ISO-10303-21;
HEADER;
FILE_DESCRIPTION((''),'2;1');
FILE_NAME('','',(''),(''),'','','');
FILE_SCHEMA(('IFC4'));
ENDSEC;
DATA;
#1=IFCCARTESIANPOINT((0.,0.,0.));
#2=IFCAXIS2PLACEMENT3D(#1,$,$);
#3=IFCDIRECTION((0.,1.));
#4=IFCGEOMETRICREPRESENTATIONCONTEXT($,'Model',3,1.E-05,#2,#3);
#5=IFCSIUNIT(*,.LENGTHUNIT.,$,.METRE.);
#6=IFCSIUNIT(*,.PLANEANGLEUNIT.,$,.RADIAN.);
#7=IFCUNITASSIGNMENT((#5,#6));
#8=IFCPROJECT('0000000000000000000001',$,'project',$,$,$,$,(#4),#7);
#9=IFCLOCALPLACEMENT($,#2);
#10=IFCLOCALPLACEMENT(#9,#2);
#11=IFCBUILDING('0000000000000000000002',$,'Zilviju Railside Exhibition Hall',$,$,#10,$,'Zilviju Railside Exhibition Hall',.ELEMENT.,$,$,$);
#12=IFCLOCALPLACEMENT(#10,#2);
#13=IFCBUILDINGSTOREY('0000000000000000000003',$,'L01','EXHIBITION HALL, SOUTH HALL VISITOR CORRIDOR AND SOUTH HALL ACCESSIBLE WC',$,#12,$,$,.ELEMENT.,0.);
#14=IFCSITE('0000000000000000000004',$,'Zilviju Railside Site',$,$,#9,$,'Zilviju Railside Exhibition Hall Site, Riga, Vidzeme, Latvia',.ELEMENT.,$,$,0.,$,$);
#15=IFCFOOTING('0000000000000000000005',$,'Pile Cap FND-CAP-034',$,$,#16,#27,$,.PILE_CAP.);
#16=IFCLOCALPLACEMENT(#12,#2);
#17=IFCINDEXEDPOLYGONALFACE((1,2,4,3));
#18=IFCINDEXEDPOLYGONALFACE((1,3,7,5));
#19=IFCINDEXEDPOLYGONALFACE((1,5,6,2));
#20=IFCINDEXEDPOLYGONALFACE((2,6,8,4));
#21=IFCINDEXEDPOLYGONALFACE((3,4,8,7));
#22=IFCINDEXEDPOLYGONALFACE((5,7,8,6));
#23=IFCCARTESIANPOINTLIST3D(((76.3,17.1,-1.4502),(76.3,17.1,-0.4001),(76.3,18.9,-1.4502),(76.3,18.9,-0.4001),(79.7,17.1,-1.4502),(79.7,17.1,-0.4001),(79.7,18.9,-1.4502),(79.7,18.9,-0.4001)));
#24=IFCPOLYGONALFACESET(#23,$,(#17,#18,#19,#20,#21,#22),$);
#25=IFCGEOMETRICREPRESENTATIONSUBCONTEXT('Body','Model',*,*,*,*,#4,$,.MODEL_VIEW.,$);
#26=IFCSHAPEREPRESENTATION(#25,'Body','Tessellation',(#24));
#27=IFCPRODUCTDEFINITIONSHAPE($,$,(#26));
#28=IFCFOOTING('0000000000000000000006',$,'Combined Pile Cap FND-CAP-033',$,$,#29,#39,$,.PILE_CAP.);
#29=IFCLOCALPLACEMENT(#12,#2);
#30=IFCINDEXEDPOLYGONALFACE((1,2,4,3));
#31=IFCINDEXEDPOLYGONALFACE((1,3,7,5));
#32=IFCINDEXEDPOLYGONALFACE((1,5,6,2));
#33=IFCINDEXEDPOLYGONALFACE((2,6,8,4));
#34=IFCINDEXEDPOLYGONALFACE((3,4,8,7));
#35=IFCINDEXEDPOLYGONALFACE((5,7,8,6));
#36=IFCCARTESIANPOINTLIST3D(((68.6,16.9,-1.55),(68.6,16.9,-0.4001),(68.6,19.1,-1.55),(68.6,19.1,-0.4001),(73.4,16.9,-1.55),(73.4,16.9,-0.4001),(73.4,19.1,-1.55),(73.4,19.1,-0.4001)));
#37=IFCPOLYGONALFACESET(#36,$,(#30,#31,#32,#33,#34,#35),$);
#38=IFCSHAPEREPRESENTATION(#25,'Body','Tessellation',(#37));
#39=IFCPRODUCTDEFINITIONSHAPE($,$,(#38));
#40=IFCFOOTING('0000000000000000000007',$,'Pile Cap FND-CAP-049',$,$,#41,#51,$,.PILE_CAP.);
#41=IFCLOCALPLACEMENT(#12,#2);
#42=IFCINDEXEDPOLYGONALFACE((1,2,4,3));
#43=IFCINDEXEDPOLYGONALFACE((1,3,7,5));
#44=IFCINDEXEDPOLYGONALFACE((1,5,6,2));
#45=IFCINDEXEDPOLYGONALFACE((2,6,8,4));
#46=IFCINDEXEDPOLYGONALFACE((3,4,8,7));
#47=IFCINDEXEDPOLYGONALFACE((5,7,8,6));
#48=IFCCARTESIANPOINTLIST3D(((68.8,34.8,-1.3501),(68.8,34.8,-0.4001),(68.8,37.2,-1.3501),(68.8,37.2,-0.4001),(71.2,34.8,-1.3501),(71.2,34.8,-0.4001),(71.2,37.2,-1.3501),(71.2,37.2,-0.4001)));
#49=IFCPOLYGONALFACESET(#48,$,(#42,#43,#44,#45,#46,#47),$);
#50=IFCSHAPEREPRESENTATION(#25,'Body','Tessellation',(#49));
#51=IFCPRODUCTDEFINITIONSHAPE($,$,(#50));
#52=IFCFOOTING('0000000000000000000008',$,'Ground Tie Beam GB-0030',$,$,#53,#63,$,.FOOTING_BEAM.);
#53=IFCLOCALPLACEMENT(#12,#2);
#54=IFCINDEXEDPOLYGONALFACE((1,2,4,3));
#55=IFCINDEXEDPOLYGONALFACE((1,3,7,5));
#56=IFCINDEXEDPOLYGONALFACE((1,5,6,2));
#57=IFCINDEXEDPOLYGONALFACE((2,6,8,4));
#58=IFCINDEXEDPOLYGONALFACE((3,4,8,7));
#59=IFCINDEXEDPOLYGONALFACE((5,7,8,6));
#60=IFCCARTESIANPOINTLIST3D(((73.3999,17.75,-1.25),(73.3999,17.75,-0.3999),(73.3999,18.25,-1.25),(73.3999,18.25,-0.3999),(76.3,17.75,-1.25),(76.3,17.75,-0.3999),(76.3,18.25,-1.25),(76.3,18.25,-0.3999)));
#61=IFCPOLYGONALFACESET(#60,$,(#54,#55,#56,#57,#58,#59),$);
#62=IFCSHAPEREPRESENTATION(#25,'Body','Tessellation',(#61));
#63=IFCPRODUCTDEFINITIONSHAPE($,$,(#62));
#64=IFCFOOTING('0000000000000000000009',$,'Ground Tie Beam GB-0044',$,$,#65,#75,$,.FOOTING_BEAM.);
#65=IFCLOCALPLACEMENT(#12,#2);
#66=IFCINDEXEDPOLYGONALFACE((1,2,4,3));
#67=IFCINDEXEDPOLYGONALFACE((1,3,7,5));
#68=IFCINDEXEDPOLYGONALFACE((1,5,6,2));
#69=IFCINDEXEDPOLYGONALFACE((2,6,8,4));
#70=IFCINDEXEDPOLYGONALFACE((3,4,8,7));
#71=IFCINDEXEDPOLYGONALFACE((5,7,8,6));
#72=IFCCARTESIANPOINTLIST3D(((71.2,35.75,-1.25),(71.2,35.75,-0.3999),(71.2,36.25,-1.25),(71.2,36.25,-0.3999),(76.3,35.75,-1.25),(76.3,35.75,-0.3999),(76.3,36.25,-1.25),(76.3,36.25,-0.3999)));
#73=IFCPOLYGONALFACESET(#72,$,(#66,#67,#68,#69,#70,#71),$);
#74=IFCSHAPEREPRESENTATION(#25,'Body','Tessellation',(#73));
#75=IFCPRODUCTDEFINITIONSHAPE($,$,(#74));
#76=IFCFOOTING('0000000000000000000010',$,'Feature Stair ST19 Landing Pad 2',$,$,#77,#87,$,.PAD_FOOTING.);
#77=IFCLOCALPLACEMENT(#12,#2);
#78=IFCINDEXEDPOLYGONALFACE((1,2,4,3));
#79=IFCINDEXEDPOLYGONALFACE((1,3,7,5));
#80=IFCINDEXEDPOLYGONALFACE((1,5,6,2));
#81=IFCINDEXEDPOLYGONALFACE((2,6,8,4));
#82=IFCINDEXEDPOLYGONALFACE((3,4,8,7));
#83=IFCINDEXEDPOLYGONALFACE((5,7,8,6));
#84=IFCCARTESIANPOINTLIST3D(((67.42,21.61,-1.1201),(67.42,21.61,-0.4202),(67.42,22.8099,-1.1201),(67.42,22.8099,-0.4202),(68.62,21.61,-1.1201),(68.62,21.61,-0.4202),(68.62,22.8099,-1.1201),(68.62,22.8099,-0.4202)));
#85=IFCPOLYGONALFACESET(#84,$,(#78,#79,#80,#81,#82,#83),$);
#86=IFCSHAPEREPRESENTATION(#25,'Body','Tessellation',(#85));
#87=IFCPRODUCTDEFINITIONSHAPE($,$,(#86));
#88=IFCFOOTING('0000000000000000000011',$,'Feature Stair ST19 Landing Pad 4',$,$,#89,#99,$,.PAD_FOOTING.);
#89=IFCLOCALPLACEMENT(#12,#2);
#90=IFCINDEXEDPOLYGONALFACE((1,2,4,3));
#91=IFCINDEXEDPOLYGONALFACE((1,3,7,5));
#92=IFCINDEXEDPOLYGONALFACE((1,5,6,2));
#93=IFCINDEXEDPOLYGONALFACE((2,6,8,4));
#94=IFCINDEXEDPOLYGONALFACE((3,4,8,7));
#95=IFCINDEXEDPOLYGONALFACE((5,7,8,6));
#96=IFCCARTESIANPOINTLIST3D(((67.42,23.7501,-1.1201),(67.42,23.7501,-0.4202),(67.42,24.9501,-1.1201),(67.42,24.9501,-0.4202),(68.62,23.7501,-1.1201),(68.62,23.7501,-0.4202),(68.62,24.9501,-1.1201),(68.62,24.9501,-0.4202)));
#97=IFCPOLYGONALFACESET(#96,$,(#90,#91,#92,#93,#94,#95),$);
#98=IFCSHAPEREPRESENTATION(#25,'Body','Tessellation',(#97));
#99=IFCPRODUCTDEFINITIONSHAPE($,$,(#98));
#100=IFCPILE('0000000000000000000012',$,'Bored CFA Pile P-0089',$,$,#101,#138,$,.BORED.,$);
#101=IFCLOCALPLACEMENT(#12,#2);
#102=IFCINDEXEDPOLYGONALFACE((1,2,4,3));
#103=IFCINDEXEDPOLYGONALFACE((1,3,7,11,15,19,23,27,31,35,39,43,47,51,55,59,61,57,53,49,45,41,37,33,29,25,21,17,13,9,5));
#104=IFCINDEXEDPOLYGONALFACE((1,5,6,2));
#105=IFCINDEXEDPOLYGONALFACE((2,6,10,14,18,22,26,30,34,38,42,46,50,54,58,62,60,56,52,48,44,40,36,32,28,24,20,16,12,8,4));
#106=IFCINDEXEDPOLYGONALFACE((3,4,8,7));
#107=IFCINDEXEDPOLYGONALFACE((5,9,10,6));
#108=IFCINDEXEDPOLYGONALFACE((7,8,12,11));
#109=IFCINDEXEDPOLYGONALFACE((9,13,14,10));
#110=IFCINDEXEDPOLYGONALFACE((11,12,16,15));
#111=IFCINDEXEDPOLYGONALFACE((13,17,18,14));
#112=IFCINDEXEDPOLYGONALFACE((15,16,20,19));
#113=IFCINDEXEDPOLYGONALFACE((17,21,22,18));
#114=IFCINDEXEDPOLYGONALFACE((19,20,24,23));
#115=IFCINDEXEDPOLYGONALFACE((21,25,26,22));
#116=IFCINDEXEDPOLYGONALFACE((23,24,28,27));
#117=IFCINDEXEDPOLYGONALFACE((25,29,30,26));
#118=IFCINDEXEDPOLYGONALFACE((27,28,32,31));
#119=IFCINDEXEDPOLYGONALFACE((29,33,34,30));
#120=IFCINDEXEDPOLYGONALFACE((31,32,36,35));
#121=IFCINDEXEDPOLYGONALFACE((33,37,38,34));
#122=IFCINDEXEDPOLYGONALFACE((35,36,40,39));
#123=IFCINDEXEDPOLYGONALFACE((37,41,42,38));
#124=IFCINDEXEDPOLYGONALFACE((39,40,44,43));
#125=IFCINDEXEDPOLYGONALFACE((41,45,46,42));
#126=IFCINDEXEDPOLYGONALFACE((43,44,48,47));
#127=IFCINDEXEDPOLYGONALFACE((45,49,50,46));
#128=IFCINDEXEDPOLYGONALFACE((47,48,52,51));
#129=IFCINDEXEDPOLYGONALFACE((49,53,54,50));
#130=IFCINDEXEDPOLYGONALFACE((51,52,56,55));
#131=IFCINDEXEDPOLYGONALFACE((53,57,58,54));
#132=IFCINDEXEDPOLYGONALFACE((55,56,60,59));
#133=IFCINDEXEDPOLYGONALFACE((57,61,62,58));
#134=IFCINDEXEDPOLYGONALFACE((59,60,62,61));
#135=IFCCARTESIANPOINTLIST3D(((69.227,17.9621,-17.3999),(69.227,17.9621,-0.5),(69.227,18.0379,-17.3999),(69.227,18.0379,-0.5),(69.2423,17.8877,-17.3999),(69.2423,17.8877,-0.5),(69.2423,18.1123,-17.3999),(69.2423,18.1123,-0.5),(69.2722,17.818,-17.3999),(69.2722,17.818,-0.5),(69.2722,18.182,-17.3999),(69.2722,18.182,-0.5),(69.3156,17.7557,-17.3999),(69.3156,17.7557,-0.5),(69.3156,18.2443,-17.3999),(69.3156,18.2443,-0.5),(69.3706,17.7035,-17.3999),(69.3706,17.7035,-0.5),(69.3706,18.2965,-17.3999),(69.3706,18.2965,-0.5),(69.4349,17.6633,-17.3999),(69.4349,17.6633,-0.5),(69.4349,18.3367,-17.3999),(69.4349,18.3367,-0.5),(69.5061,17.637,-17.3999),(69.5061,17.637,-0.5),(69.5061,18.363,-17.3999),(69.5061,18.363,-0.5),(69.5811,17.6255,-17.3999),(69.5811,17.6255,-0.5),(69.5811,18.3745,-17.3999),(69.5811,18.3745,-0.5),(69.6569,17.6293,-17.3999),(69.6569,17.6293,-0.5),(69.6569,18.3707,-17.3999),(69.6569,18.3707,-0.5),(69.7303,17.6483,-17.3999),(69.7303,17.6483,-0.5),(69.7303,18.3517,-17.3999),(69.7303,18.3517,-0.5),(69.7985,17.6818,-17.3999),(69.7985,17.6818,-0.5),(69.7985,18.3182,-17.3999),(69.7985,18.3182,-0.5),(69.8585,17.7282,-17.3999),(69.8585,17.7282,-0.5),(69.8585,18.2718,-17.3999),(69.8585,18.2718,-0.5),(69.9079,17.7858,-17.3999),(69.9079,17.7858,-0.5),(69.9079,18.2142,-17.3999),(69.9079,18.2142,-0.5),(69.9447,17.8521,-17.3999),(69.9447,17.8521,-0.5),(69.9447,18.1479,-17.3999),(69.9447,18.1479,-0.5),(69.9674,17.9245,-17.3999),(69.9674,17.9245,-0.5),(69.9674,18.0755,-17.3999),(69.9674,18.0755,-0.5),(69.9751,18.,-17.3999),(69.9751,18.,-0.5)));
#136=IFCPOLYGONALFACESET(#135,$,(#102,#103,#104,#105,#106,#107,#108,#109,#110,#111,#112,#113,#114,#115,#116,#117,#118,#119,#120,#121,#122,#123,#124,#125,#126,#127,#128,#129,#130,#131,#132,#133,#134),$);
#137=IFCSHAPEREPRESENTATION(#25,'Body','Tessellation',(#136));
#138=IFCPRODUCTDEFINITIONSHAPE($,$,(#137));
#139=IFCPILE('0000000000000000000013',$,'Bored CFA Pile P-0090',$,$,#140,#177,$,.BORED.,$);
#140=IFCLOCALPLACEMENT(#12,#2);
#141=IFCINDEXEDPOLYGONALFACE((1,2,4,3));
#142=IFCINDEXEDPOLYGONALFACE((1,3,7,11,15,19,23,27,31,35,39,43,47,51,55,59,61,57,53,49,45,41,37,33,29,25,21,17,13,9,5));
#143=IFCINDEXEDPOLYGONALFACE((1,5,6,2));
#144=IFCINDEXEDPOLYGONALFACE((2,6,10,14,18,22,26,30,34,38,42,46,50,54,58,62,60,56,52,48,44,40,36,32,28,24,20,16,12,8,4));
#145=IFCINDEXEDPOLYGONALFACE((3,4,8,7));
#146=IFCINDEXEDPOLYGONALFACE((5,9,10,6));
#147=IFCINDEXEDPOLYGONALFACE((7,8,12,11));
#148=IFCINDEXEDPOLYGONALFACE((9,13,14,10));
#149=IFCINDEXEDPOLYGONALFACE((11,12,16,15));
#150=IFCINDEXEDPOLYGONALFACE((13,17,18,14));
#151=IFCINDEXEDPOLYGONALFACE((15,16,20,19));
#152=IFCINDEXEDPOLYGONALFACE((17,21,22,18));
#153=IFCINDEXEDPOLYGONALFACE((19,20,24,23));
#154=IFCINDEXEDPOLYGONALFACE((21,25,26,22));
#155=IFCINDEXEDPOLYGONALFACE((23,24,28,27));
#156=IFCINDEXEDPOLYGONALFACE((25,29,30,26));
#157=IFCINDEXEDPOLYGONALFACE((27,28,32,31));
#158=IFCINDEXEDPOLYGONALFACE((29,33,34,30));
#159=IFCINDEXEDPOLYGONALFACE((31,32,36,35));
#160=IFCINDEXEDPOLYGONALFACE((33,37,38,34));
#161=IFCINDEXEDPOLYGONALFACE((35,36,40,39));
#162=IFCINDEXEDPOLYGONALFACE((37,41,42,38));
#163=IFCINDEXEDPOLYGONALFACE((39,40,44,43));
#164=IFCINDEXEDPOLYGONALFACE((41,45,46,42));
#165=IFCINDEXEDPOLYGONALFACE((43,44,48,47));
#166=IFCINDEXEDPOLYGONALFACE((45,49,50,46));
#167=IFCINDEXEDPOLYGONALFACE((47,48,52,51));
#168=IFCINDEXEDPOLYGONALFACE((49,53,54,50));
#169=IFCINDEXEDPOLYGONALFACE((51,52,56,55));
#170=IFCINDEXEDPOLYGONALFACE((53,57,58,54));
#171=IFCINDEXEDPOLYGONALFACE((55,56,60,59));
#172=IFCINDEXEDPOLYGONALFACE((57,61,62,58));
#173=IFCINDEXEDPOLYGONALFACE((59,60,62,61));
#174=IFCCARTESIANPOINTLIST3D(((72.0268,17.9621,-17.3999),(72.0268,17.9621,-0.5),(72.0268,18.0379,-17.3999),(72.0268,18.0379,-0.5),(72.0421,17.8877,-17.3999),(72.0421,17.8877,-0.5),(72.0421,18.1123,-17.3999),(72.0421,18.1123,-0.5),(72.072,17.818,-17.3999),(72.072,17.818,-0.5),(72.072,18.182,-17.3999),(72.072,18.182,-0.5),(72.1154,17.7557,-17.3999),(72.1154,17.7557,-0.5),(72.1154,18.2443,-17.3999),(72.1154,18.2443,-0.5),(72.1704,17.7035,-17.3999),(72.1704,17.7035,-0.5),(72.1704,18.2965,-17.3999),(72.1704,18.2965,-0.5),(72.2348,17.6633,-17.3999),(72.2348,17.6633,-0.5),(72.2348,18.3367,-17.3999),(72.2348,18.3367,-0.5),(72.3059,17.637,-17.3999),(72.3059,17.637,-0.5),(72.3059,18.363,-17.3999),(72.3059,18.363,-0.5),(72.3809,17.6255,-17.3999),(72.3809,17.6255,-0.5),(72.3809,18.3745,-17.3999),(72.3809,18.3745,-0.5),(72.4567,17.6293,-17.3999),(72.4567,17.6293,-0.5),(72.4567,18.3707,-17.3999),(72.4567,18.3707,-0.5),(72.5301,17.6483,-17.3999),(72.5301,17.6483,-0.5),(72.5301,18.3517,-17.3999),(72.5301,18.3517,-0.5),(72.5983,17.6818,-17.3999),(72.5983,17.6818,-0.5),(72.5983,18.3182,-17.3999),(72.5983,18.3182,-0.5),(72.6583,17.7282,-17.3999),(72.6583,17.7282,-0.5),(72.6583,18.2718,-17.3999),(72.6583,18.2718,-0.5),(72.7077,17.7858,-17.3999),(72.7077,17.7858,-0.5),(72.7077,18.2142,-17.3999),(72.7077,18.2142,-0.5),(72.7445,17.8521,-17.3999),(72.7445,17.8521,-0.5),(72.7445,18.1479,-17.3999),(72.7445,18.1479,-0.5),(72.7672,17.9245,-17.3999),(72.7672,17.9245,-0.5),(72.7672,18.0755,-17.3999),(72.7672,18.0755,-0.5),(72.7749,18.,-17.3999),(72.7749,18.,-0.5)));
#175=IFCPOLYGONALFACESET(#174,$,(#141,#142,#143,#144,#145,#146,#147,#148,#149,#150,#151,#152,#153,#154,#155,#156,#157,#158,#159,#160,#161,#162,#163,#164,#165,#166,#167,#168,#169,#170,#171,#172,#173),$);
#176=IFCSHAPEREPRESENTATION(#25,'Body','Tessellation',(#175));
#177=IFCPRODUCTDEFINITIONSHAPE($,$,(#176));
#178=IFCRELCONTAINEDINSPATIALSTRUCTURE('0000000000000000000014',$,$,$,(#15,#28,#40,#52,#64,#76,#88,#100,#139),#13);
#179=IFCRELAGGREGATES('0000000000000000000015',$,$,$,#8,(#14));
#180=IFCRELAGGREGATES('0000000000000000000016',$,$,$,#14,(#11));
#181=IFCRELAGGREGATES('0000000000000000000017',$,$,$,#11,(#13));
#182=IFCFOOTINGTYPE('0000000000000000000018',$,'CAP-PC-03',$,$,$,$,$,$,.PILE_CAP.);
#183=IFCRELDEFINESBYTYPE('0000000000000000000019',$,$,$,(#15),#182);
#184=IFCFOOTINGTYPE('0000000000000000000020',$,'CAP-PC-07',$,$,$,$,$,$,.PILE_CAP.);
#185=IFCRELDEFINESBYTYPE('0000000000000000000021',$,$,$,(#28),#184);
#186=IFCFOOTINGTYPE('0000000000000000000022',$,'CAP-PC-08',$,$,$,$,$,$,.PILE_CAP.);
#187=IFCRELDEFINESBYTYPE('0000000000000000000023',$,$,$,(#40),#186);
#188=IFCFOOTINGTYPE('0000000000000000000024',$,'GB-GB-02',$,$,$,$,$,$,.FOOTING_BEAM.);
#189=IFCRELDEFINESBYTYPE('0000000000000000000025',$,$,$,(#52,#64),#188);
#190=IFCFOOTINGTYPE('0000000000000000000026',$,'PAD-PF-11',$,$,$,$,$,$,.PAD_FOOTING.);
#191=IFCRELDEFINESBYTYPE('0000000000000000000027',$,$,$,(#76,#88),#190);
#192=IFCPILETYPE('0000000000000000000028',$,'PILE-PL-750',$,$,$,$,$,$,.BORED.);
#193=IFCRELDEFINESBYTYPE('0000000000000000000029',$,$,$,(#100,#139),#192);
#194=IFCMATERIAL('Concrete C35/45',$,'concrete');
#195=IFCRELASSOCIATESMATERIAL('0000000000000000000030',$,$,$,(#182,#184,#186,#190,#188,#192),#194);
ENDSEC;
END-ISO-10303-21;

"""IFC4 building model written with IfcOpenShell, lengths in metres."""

from ifc_helpers import new_model, si_unit, direction, frame, origin, origin_2d, place, context, subcontext, project, spatial, rectangle, circle, extrude, material, material_profile, profile_set, type_object, element, save


model = new_model("IFC4")

# Units and contexts
model_context = context("Model", 3, precision=1e-05, world=origin(), true_north=direction((0.0, 1.0)))
body_context = subcontext(model_context, "Body", "Model", "MODEL_VIEW")
ifc_project = project(units=[si_unit("LENGTHUNIT", "METRE"), si_unit("PLANEANGLEUNIT", "RADIAN")], contexts=[model_context])

# Site, building, storey
site_placement = place(None, origin())
site = spatial("IfcSite", under=ifc_project, at=site_placement, Name="Zilviju Railside Site", LongName="Zilviju Railside Exhibition Hall Site, Riga, Vidzeme, Latvia", CompositionType="ELEMENT", RefElevation=0.0)
building_placement = place(site_placement, origin())
building = spatial("IfcBuilding", under=site, at=building_placement, Name="Zilviju Railside Exhibition Hall", LongName="Zilviju Railside Exhibition Hall", CompositionType="ELEMENT")
storey_placement = place(building_placement, origin())
storey = spatial("IfcBuildingStorey", under=building, at=storey_placement, Name="L01", Description="EXHIBITION HALL, SOUTH HALL VISITOR CORRIDOR AND SOUTH HALL ACCESSIBLE WC", CompositionType="ELEMENT", Elevation=0.0)

# Footings
ifc_material_1 = material(Name="Concrete C35/45", Category="concrete")
footing_type_1 = type_object("IfcFootingType", Name="CAP-PC-03", PredefinedType="PILE_CAP", material=ifc_material_1)
footing_1_placement = place(storey_placement, frame((78.0, 18.0, -1.4502), z_axis=(0.0, 0.0, 1.0), x_axis=(1.0, 0.0, 0.0)))
element("IfcFooting", 1, at=footing_1_placement, inside=storey, type_object=footing_type_1, Name="Pile Cap FND-CAP-034", PredefinedType="PILE_CAP", context=body_context, shape_type="SweptSolid", body=[
    extrude(rectangle(XDim=3.3999, YDim=1.8, at=origin_2d()), origin(), (0.0, 0.0, 1.0), 1.05),
])
footing_type_2 = type_object("IfcFootingType", Name="CAP-PC-07", PredefinedType="PILE_CAP", material=ifc_material_1)
footing_2_placement = place(storey_placement, frame((71.0, 18.0, -1.55), z_axis=(0.0, 0.0, 1.0), x_axis=(1.0, 0.0, 0.0)))
element("IfcFooting", 2, at=footing_2_placement, inside=storey, type_object=footing_type_2, Name="Combined Pile Cap FND-CAP-033", PredefinedType="PILE_CAP", context=body_context, shape_type="SweptSolid", body=[
    extrude(rectangle(XDim=4.8, YDim=2.2, at=origin_2d()), origin(), (0.0, 0.0, 1.0), 1.1499),
])
footing_type_3 = type_object("IfcFootingType", Name="CAP-PC-08", PredefinedType="PILE_CAP", material=ifc_material_1)
footing_3_placement = place(storey_placement, frame((70.0, 36.0, -1.3501), z_axis=(0.0, 0.0, 1.0), x_axis=(1.0, 0.0, 0.0)))
element("IfcFooting", 3, at=footing_3_placement, inside=storey, type_object=footing_type_3, Name="Pile Cap FND-CAP-049", PredefinedType="PILE_CAP", context=body_context, shape_type="SweptSolid", body=[
    extrude(rectangle(XDim=2.3999, YDim=2.3999, at=origin_2d()), origin(), (0.0, 0.0, 1.0), 0.95),
])
ifc_material_profile_1 = material_profile(ifc_material_1, rectangle(XDim=0.5, YDim=0.8501, at=origin_2d()), Name="TIE BEAM 500x850")
ifc_profile_set_1 = profile_set([ifc_material_profile_1], Name="Concrete C35/45")
footing_type_4 = type_object("IfcFootingType", Name="GB-GB-02", PredefinedType="FOOTING_BEAM", material=ifc_profile_set_1)
footing_4_placement = place(storey_placement, frame((73.3999, 18.0, -0.825), z_axis=(1.0, 0.0, 0.0), x_axis=(0.0, 1.0, 0.0)))
element("IfcFooting", 4, at=footing_4_placement, inside=storey, type_object=footing_type_4, Name="Ground Tie Beam GB-0030", PredefinedType="FOOTING_BEAM", context=body_context, shape_type="SweptSolid", body=[
    extrude(rectangle(XDim=0.5, YDim=0.8501, at=origin_2d()), origin(), (0.0, 0.0, 1.0), 2.9001),
])
footing_5_placement = place(storey_placement, frame((71.2, 36.0, -0.825), z_axis=(1.0, 0.0, 0.0), x_axis=(0.0, 1.0, 0.0)))
element("IfcFooting", 5, at=footing_5_placement, inside=storey, type_object=footing_type_4, Name="Ground Tie Beam GB-0044", PredefinedType="FOOTING_BEAM", context=body_context, shape_type="SweptSolid", body=[
    extrude(rectangle(XDim=0.5, YDim=0.8501, at=origin_2d()), origin(), (0.0, 0.0, 1.0), 5.1001),
])
footing_type_5 = type_object("IfcFootingType", Name="PAD-PF-11", PredefinedType="PAD_FOOTING", material=ifc_material_1)
for number, where, z_axis, x_axis, name in (
    (6, (68.02, 22.21, -1.1201), (0.0, 0.0, 1.0), (1.0, 0.0, 0.0), "Feature Stair ST19 Landing Pad 2"),
    (7, (68.02, 24.3501, -1.1201), (0.0, 0.0, 1.0), (1.0, 0.0, 0.0), "Feature Stair ST19 Landing Pad 4"),
):
    element("IfcFooting", number, at=place(storey_placement, frame(where, z_axis=z_axis, x_axis=x_axis)), inside=storey, type_object=footing_type_5, Name=name, PredefinedType="PAD_FOOTING", context=body_context, shape_type="SweptSolid", body=[
        extrude(rectangle(XDim=1.2, YDim=1.2, at=origin_2d()), origin(), (0.0, 0.0, 1.0), 0.7),
    ])

# Piles
ifc_material_profile_2 = material_profile(ifc_material_1, circle(Radius=0.375, at=origin_2d()), Name="CFA PILE D750")
ifc_profile_set_2 = profile_set([ifc_material_profile_2], Name="Concrete C35/45")
pile_type = type_object("IfcPileType", Name="PILE-PL-750", PredefinedType="BORED", material=ifc_profile_set_2)
for number, where, z_axis, x_axis, name in (
    (8, (69.6001, 18.0, -0.5), (0.0, 0.0, -1.0), (1.0, 0.0, 0.0), "Bored CFA Pile P-0089"),
    (9, (72.3999, 18.0, -0.5), (0.0, 0.0, -1.0), (1.0, 0.0, 0.0), "Bored CFA Pile P-0090"),
):
    element("IfcPile", number, at=place(storey_placement, frame(where, z_axis=z_axis, x_axis=x_axis)), inside=storey, type_object=pile_type, Name=name, PredefinedType="BORED", context=body_context, shape_type="SweptSolid", body=[
        extrude(circle(Radius=0.375, at=origin_2d()), origin(), (0.0, 0.0, 1.0), 16.8999),
    ])

save(model, "model.ifc")
